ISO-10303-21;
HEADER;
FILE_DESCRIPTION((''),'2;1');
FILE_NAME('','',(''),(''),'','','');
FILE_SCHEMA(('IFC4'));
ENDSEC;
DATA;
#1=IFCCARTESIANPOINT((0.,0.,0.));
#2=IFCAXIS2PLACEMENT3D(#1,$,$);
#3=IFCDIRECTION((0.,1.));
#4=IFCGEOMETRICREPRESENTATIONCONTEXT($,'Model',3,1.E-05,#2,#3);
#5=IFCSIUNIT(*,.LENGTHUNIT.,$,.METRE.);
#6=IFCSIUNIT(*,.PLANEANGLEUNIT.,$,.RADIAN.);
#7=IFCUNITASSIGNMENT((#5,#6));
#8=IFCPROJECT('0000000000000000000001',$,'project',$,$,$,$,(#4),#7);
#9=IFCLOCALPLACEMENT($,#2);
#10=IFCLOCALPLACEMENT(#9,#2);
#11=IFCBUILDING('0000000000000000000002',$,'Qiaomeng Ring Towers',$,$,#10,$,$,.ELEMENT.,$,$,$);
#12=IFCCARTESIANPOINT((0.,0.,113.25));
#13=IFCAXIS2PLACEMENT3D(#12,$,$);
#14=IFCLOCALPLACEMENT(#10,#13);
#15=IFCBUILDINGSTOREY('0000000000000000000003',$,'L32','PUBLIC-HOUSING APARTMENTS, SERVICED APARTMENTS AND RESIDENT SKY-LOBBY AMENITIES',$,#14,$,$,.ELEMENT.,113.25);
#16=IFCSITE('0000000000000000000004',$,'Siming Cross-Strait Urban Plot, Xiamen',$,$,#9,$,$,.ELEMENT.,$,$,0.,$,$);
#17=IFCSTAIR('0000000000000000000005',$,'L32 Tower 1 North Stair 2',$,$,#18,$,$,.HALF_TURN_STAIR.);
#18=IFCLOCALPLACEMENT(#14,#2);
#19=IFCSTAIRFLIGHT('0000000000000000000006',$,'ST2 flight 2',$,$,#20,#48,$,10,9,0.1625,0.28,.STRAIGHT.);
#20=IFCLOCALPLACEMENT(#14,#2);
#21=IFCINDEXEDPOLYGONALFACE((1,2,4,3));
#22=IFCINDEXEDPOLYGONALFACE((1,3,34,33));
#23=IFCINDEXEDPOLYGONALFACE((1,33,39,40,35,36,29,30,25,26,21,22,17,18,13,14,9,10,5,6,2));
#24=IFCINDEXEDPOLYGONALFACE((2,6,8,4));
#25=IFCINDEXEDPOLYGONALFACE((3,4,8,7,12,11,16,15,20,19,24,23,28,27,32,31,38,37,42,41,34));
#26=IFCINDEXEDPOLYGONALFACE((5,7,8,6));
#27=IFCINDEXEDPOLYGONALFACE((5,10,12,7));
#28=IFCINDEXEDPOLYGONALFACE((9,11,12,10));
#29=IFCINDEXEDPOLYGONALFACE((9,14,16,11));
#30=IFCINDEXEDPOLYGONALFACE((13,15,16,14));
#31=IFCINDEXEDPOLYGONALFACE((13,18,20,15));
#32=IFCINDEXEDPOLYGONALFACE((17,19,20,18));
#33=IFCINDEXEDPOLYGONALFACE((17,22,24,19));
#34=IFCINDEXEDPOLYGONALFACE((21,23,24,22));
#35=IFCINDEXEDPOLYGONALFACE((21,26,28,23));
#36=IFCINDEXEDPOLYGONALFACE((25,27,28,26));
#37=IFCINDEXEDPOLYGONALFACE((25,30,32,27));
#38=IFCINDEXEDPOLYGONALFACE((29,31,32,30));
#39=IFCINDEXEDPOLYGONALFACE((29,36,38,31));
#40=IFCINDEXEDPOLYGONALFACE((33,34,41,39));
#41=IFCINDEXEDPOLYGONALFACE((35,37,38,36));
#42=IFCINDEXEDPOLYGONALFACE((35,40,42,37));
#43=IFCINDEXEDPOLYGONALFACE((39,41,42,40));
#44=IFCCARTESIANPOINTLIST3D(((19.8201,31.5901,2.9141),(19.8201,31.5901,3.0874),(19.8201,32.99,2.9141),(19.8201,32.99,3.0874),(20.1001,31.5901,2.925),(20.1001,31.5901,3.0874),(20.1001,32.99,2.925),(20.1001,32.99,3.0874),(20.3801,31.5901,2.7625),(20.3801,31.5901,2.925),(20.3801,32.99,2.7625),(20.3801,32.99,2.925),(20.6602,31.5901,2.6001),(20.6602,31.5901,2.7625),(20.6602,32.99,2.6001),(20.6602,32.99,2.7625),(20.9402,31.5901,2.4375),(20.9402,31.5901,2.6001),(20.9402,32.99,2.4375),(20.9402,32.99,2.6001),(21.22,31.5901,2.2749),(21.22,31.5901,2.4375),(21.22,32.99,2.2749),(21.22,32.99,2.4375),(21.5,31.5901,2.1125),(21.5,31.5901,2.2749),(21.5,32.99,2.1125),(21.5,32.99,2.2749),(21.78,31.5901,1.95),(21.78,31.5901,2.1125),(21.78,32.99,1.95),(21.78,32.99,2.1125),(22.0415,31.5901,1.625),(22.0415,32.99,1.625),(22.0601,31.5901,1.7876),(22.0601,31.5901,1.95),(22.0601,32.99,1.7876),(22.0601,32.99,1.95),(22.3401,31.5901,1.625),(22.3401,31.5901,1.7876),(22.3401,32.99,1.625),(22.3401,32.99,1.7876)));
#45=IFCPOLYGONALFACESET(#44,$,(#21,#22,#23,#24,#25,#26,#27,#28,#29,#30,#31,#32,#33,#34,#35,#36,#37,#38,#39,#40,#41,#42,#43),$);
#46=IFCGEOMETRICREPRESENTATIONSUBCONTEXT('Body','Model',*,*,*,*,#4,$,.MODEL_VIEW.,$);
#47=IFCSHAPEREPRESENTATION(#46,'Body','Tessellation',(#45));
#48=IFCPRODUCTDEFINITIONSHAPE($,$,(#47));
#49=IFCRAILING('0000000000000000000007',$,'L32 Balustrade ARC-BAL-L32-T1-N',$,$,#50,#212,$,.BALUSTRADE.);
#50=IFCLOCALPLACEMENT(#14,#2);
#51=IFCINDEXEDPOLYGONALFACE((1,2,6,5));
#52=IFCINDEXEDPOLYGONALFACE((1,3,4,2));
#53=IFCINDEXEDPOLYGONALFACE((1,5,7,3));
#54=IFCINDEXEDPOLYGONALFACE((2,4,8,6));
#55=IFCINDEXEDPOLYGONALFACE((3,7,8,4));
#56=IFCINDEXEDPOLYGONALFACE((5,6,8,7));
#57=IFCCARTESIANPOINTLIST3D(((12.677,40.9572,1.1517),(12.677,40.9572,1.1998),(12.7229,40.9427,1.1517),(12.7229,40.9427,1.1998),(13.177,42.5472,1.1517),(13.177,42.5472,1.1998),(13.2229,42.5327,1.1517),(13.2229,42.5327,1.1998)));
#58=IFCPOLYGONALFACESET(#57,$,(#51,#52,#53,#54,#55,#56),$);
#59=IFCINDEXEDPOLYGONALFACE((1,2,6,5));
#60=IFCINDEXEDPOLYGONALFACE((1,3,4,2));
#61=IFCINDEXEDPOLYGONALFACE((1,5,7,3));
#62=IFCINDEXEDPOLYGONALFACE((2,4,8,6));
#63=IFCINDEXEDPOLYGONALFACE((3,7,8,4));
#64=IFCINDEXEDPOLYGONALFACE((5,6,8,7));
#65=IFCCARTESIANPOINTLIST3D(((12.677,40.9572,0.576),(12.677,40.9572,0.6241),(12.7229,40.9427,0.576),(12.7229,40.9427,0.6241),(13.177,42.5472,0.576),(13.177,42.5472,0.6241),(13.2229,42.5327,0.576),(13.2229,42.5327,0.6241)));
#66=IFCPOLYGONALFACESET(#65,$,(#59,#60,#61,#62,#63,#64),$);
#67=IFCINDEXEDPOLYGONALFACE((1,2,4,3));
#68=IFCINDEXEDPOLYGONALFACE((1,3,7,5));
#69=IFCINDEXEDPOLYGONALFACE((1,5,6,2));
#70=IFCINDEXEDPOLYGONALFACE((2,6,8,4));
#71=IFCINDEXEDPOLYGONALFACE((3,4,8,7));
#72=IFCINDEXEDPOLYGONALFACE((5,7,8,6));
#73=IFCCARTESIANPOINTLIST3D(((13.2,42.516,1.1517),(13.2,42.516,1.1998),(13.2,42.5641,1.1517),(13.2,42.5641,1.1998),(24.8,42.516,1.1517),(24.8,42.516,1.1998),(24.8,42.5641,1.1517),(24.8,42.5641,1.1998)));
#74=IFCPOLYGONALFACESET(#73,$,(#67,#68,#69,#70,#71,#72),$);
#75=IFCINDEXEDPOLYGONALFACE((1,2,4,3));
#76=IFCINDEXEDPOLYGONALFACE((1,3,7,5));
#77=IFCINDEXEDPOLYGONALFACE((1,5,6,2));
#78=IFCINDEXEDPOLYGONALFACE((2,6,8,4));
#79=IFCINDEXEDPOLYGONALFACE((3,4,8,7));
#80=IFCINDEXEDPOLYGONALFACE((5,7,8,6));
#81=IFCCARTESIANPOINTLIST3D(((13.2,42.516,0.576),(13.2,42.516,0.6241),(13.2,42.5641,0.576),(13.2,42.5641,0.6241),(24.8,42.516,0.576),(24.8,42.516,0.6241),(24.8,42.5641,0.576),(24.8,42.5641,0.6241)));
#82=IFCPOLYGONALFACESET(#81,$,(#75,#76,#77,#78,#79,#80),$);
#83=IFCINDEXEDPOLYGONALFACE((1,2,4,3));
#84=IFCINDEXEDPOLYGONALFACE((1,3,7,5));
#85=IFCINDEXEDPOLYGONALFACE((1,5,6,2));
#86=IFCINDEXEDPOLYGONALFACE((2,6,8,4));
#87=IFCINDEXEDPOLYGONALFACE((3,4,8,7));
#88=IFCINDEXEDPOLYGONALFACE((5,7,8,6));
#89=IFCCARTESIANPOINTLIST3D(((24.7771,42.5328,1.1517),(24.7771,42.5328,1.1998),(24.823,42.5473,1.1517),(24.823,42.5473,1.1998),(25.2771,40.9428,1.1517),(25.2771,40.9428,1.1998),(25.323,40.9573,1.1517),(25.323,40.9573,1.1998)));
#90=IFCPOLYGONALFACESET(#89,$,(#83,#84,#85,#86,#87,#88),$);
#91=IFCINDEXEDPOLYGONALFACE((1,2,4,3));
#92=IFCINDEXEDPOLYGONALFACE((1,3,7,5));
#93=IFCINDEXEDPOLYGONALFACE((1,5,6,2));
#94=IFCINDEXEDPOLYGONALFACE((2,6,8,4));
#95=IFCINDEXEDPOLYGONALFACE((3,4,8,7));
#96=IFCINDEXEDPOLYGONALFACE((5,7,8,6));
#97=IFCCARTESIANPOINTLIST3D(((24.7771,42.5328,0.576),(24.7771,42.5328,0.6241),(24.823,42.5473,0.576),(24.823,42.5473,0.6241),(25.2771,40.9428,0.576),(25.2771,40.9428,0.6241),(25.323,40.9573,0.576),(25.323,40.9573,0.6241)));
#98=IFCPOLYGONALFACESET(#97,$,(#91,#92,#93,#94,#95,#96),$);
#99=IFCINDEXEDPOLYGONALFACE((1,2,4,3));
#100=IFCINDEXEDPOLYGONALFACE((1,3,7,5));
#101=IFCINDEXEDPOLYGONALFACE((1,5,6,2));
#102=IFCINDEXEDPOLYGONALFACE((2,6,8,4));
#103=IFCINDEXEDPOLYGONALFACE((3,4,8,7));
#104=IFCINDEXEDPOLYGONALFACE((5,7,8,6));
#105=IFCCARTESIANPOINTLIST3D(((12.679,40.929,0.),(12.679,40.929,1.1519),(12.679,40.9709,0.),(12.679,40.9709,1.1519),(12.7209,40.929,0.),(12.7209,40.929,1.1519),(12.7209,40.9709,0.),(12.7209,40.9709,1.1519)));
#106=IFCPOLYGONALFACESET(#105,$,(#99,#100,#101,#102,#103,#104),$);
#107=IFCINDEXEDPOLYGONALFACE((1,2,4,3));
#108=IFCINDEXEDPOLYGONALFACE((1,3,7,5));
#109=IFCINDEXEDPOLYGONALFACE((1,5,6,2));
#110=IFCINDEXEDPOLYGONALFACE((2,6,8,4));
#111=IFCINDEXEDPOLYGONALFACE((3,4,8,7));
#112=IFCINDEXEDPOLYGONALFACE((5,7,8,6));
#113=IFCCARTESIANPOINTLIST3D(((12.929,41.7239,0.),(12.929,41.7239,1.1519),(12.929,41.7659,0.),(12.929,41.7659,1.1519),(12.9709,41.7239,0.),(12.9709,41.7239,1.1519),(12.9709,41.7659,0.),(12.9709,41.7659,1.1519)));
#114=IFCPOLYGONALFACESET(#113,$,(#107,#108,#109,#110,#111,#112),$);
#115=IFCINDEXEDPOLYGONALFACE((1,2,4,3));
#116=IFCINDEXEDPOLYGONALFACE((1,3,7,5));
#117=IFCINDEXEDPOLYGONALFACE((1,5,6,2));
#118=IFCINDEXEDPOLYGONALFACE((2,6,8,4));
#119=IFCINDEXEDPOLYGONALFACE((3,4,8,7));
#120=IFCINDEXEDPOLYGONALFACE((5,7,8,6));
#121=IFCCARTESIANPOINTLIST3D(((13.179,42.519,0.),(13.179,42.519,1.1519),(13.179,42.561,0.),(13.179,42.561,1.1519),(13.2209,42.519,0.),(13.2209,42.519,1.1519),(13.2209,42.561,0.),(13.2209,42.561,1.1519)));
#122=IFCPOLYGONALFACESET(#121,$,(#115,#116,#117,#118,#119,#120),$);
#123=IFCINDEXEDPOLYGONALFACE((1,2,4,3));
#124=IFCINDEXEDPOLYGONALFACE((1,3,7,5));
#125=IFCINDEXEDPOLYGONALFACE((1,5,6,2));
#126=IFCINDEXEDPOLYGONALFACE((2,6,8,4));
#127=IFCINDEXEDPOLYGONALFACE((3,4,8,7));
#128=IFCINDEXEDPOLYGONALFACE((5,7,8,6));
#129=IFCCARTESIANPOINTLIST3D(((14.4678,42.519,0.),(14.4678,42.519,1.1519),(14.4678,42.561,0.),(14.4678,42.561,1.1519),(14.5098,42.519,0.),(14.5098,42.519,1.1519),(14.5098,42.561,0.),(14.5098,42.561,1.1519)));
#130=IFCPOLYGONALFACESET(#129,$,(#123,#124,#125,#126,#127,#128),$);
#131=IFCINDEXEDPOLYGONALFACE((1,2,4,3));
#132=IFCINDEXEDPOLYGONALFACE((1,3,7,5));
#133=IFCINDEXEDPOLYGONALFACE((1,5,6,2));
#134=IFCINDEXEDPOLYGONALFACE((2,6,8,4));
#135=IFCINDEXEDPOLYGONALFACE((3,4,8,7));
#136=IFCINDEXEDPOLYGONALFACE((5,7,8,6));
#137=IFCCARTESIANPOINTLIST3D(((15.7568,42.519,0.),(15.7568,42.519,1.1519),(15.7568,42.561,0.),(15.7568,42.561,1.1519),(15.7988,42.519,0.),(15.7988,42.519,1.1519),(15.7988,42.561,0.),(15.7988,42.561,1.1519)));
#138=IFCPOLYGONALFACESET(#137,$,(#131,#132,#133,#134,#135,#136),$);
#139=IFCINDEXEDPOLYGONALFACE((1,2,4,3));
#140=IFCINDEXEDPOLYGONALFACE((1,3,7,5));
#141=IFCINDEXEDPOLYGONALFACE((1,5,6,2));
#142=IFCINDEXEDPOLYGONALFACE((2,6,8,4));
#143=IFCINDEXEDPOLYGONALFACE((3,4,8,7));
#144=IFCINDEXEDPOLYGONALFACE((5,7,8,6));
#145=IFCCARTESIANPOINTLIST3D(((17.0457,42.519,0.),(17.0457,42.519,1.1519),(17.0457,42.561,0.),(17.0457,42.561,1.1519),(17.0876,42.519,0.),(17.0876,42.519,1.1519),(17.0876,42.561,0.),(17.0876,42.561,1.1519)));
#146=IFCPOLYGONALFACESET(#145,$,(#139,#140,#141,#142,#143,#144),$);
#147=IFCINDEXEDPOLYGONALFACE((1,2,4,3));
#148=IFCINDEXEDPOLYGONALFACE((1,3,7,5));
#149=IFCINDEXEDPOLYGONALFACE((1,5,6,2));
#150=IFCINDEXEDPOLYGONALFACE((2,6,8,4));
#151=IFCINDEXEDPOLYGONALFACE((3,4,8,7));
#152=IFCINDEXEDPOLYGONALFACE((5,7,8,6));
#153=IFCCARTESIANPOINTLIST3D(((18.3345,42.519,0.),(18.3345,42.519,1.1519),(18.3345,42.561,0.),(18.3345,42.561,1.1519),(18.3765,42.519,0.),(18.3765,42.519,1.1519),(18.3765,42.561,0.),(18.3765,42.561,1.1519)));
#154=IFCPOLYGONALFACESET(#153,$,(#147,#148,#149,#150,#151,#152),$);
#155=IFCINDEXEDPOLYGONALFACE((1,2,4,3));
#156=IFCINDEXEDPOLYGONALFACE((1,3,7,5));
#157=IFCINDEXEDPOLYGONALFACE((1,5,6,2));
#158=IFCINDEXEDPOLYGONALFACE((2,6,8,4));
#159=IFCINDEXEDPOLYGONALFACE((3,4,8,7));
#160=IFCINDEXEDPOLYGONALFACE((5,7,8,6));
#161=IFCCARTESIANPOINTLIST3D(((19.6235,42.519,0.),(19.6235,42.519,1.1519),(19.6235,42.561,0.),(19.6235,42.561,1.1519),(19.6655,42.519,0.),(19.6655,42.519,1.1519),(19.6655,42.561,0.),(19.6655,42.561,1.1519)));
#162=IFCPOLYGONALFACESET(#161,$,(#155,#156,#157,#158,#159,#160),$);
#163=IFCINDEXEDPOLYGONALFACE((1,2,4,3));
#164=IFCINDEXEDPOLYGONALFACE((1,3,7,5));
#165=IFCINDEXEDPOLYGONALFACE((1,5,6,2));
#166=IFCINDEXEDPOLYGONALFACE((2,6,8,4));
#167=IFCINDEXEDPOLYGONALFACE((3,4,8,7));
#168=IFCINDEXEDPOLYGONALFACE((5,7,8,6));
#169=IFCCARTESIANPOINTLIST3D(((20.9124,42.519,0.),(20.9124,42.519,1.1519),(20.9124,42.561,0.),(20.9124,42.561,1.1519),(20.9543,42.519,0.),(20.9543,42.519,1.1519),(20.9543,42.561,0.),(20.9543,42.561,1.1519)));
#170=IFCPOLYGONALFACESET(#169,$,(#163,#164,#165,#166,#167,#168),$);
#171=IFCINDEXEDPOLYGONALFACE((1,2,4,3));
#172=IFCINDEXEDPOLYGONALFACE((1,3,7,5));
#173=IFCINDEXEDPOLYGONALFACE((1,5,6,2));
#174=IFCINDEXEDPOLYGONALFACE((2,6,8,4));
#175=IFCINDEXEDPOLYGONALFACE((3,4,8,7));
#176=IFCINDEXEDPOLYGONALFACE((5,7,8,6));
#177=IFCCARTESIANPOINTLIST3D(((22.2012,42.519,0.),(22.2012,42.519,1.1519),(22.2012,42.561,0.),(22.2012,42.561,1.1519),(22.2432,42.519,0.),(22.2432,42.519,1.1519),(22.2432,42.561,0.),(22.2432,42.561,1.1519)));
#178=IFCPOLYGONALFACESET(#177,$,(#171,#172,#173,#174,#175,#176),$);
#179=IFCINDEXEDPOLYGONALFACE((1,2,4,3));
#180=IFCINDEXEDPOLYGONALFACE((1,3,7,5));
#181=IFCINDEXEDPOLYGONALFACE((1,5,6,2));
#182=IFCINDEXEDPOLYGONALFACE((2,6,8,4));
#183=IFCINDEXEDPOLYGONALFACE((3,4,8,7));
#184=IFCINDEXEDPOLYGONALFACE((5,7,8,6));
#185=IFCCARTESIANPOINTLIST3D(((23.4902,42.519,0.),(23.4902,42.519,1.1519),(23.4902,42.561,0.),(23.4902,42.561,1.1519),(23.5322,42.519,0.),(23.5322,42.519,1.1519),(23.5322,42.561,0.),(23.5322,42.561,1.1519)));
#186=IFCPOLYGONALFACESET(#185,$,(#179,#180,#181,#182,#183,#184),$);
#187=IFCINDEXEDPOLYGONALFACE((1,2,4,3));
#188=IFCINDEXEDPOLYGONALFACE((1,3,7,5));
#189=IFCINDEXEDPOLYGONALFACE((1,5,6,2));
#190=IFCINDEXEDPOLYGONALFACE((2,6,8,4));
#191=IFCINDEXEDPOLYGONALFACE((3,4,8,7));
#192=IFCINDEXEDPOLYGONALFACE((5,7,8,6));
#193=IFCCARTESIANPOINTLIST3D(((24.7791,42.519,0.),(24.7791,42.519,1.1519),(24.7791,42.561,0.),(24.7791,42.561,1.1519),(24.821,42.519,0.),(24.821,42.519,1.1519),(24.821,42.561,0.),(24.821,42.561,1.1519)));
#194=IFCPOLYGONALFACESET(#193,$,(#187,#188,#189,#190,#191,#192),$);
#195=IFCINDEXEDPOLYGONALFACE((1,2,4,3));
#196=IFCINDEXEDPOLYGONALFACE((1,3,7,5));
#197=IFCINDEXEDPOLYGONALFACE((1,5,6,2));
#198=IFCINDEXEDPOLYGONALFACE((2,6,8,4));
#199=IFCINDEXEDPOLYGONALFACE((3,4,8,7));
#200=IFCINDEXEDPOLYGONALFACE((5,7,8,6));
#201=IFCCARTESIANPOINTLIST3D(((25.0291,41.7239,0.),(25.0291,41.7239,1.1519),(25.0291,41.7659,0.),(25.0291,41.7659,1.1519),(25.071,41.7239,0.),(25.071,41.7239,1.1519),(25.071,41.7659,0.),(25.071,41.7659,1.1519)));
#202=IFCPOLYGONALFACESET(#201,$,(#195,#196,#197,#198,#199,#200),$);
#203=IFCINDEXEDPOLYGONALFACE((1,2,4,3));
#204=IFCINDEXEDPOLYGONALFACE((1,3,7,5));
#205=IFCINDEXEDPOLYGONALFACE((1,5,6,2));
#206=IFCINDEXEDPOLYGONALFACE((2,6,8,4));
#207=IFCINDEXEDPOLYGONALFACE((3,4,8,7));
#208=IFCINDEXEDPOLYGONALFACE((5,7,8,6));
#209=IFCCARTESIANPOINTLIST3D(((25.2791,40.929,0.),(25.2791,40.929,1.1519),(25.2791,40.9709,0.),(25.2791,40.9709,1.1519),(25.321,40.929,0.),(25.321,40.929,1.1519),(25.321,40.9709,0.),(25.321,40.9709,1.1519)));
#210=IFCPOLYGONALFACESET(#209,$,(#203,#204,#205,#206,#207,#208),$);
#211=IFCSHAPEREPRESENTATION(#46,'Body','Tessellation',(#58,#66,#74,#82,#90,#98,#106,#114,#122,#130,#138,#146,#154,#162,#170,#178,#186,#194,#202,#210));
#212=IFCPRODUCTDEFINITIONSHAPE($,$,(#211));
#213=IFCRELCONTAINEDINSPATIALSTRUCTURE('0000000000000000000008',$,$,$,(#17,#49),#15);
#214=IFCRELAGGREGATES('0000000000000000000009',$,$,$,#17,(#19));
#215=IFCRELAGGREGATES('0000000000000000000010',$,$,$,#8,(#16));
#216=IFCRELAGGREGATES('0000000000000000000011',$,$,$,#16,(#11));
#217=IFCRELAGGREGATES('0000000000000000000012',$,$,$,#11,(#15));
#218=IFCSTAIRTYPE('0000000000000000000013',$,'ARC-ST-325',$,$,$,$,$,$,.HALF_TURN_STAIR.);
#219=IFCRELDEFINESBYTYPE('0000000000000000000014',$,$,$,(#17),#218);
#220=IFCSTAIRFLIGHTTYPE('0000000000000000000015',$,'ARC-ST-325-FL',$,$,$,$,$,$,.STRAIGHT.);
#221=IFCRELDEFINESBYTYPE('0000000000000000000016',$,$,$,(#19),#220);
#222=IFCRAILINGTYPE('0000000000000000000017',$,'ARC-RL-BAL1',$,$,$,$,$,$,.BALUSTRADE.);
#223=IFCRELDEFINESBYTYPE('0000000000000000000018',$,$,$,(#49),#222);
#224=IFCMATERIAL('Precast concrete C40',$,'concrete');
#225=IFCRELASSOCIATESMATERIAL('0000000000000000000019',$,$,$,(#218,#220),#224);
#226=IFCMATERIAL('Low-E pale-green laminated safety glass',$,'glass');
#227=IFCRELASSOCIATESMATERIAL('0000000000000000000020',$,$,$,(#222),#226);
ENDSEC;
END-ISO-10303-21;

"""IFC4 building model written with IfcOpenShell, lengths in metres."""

from ifc_helpers import new_model, si_unit, direction, frame, origin, origin_2d, place, context, subcontext, project, spatial, polyline, rectangle, outline, extrude, source, transform, mapped, material, type_object, element, aggregate, save


model = new_model("IFC4")

# Units and contexts
model_context = context("Model", 3, precision=1e-05, world=origin(), true_north=direction((0.0, 1.0)))
body_context = subcontext(model_context, "Body", "Model", "MODEL_VIEW")
ifc_project = project(units=[si_unit("LENGTHUNIT", "METRE"), si_unit("PLANEANGLEUNIT", "RADIAN")], contexts=[model_context])

# Site, building, storey
site_placement = place(None, origin())
site = spatial("IfcSite", under=ifc_project, at=site_placement, Name="Siming Cross-Strait Urban Plot, Xiamen", CompositionType="ELEMENT", RefElevation=0.0)
building_placement = place(site_placement, origin())
building = spatial("IfcBuilding", under=site, at=building_placement, Name="Qiaomeng Ring Towers", CompositionType="ELEMENT")
storey_placement = place(building_placement, frame((0.0, 0.0, 113.25)))
storey = spatial("IfcBuildingStorey", under=building, at=storey_placement, Name="L32", Description="PUBLIC-HOUSING APARTMENTS, SERVICED APARTMENTS AND RESIDENT SKY-LOBBY AMENITIES", CompositionType="ELEMENT", Elevation=113.25)

# Stair, stair flight
ifc_material_1 = material(Name="Precast concrete C40", Category="concrete")
stair_type = type_object("IfcStairType", Name="ARC-ST-325", PredefinedType="HALF_TURN_STAIR", material=ifc_material_1)
stair_flight_type = type_object("IfcStairFlightType", Name="ARC-ST-325-FL", PredefinedType="STRAIGHT", material=ifc_material_1)
shared_shape_1 = source(origin(), body_context, "Body", "SweptSolid", [
    extrude(outline(polyline([(0.0, 0.0), (0.0, 0.1626), (0.28, 0.1626), (0.28, 0.325), (0.5601, 0.325), (0.5601, 0.4875), (0.8401, 0.4875), (0.8401, 0.6499), (1.1201, 0.6499), (1.1201, 0.8125), (1.3999, 0.8125), (1.3999, 0.9751), (1.6799, 0.9751), (1.6799, 1.1375), (1.96, 1.1375), (1.96, 1.3), (2.24, 1.3), (2.24, 1.4624), (2.52, 1.4624), (2.52, 1.625), (2.52, 1.2891), (0.2986, 0.0), (0.0, 0.0)])), frame((0.0, 0.7, 0.0), z_axis=(0.0, -1.0, 0.0), x_axis=(1.0, 0.0, 0.0)), (0.0, 0.0, 1.0), 1.3999),
])
stair_1_placement = place(storey_placement, origin())
stair_1 = element("IfcStair", 1, at=stair_1_placement, inside=storey, type_object=stair_type, Name="L32 Tower 1 North Stair 2", PredefinedType="HALF_TURN_STAIR")
stair_flight_1_placement = place(storey_placement, frame((22.3401, 32.29, 1.625), z_axis=(0.0, 0.0, 1.0), x_axis=(-1.0, 0.0, 0.0)))
stair_flight_1 = element("IfcStairFlight", 2, at=stair_flight_1_placement, type_object=stair_flight_type, Name="ST2 flight 2", NumberOfRisers=10, NumberOfTreads=9, PredefinedType="STRAIGHT", RiserHeight=0.1625, TreadLength=0.28, context=body_context, shape_type="MappedRepresentation", body=[
    mapped(shared_shape_1, transform((0.0, 0.0, 0.0), x_axis=(1.0, 0.0, 0.0), y_axis=(0.0, 1.0, 0.0), z_axis=(0.0, 0.0, 1.0), scale=1.0)),
])
aggregate(stair_1, [stair_flight_1])

# Railing
ifc_material_2 = material(Name="Low-E pale-green laminated safety glass", Category="glass")
railing_type_1 = type_object("IfcRailingType", Name="ARC-RL-BAL1", PredefinedType="BALUSTRADE", material=ifc_material_2)
railing_1_placement = place(storey_placement, frame((12.7, 40.95, 0.0)))
element("IfcRailing", 3, at=railing_1_placement, inside=storey, type_object=railing_type_1, Name="L32 Balustrade ARC-BAL-L32-T1-N", PredefinedType="BALUSTRADE", context=body_context, shape_type="SweptSolid", body=[
    extrude(rectangle(XDim=0.0481, YDim=0.0481, at=origin_2d()), frame((0.0, 0.0, 1.1758), z_axis=(0.299968, 0.953949, 0.0), x_axis=(-0.953949, 0.299968, 0.0)), (0.0, 0.0, 1.0), 1.6667),
    extrude(rectangle(XDim=0.0481, YDim=0.0481, at=origin_2d()), frame((0.0, 0.0, 0.6001), z_axis=(0.299968, 0.953949, 0.0), x_axis=(-0.953949, 0.299968, 0.0)), (0.0, 0.0, 1.0), 1.6667),
    extrude(rectangle(XDim=0.0481, YDim=0.0481, at=origin_2d()), frame((0.5, 1.5901, 1.1758), z_axis=(1.0, 0.0, 0.0), x_axis=(0.0, 1.0, 0.0)), (0.0, 0.0, 1.0), 11.6001),
    extrude(rectangle(XDim=0.0481, YDim=0.0481, at=origin_2d()), frame((0.5, 1.5901, 0.6001), z_axis=(1.0, 0.0, 0.0), x_axis=(0.0, 1.0, 0.0)), (0.0, 0.0, 1.0), 11.6001),
    extrude(rectangle(XDim=0.0481, YDim=0.0481, at=origin_2d()), frame((12.1001, 1.5901, 1.1758), z_axis=(0.299968, -0.953949, 0.0), x_axis=(0.953949, 0.299968, 0.0)), (0.0, 0.0, 1.0), 1.6667),
    extrude(rectangle(XDim=0.0481, YDim=0.0481, at=origin_2d()), frame((12.1001, 1.5901, 0.6001), z_axis=(0.299968, -0.953949, 0.0), x_axis=(0.953949, 0.299968, 0.0)), (0.0, 0.0, 1.0), 1.6667),
    extrude(rectangle(XDim=0.042, YDim=0.042, at=origin_2d()), origin(), (0.0, 0.0, 1.0), 1.1519),
    extrude(rectangle(XDim=0.042, YDim=0.042, at=origin_2d()), frame((0.25, 0.7949, 0.0)), (0.0, 0.0, 1.0), 1.1519),
    extrude(rectangle(XDim=0.042, YDim=0.042, at=origin_2d()), frame((0.5, 1.5901, 0.0)), (0.0, 0.0, 1.0), 1.1519),
    extrude(rectangle(XDim=0.042, YDim=0.042, at=origin_2d()), frame((1.7888, 1.5901, 0.0)), (0.0, 0.0, 1.0), 1.1519),
    extrude(rectangle(XDim=0.042, YDim=0.042, at=origin_2d()), frame((3.0779, 1.5901, 0.0)), (0.0, 0.0, 1.0), 1.1519),
    extrude(rectangle(XDim=0.042, YDim=0.042, at=origin_2d()), frame((4.3667, 1.5901, 0.0)), (0.0, 0.0, 1.0), 1.1519),
    extrude(rectangle(XDim=0.042, YDim=0.042, at=origin_2d()), frame((5.6555, 1.5901, 0.0)), (0.0, 0.0, 1.0), 1.1519),
    extrude(rectangle(XDim=0.042, YDim=0.042, at=origin_2d()), frame((6.9446, 1.5901, 0.0)), (0.0, 0.0, 1.0), 1.1519),
    extrude(rectangle(XDim=0.042, YDim=0.042, at=origin_2d()), frame((8.2334, 1.5901, 0.0)), (0.0, 0.0, 1.0), 1.1519),
    extrude(rectangle(XDim=0.042, YDim=0.042, at=origin_2d()), frame((9.5222, 1.5901, 0.0)), (0.0, 0.0, 1.0), 1.1519),
    extrude(rectangle(XDim=0.042, YDim=0.042, at=origin_2d()), frame((10.8113, 1.5901, 0.0)), (0.0, 0.0, 1.0), 1.1519),
    extrude(rectangle(XDim=0.042, YDim=0.042, at=origin_2d()), frame((12.1001, 1.5901, 0.0)), (0.0, 0.0, 1.0), 1.1519),
    extrude(rectangle(XDim=0.042, YDim=0.042, at=origin_2d()), frame((12.3501, 0.7949, 0.0)), (0.0, 0.0, 1.0), 1.1519),
    extrude(rectangle(XDim=0.042, YDim=0.042, at=origin_2d()), frame((12.6001, 0.0, 0.0)), (0.0, 0.0, 1.0), 1.1519),
])

save(model, "model.ifc")
